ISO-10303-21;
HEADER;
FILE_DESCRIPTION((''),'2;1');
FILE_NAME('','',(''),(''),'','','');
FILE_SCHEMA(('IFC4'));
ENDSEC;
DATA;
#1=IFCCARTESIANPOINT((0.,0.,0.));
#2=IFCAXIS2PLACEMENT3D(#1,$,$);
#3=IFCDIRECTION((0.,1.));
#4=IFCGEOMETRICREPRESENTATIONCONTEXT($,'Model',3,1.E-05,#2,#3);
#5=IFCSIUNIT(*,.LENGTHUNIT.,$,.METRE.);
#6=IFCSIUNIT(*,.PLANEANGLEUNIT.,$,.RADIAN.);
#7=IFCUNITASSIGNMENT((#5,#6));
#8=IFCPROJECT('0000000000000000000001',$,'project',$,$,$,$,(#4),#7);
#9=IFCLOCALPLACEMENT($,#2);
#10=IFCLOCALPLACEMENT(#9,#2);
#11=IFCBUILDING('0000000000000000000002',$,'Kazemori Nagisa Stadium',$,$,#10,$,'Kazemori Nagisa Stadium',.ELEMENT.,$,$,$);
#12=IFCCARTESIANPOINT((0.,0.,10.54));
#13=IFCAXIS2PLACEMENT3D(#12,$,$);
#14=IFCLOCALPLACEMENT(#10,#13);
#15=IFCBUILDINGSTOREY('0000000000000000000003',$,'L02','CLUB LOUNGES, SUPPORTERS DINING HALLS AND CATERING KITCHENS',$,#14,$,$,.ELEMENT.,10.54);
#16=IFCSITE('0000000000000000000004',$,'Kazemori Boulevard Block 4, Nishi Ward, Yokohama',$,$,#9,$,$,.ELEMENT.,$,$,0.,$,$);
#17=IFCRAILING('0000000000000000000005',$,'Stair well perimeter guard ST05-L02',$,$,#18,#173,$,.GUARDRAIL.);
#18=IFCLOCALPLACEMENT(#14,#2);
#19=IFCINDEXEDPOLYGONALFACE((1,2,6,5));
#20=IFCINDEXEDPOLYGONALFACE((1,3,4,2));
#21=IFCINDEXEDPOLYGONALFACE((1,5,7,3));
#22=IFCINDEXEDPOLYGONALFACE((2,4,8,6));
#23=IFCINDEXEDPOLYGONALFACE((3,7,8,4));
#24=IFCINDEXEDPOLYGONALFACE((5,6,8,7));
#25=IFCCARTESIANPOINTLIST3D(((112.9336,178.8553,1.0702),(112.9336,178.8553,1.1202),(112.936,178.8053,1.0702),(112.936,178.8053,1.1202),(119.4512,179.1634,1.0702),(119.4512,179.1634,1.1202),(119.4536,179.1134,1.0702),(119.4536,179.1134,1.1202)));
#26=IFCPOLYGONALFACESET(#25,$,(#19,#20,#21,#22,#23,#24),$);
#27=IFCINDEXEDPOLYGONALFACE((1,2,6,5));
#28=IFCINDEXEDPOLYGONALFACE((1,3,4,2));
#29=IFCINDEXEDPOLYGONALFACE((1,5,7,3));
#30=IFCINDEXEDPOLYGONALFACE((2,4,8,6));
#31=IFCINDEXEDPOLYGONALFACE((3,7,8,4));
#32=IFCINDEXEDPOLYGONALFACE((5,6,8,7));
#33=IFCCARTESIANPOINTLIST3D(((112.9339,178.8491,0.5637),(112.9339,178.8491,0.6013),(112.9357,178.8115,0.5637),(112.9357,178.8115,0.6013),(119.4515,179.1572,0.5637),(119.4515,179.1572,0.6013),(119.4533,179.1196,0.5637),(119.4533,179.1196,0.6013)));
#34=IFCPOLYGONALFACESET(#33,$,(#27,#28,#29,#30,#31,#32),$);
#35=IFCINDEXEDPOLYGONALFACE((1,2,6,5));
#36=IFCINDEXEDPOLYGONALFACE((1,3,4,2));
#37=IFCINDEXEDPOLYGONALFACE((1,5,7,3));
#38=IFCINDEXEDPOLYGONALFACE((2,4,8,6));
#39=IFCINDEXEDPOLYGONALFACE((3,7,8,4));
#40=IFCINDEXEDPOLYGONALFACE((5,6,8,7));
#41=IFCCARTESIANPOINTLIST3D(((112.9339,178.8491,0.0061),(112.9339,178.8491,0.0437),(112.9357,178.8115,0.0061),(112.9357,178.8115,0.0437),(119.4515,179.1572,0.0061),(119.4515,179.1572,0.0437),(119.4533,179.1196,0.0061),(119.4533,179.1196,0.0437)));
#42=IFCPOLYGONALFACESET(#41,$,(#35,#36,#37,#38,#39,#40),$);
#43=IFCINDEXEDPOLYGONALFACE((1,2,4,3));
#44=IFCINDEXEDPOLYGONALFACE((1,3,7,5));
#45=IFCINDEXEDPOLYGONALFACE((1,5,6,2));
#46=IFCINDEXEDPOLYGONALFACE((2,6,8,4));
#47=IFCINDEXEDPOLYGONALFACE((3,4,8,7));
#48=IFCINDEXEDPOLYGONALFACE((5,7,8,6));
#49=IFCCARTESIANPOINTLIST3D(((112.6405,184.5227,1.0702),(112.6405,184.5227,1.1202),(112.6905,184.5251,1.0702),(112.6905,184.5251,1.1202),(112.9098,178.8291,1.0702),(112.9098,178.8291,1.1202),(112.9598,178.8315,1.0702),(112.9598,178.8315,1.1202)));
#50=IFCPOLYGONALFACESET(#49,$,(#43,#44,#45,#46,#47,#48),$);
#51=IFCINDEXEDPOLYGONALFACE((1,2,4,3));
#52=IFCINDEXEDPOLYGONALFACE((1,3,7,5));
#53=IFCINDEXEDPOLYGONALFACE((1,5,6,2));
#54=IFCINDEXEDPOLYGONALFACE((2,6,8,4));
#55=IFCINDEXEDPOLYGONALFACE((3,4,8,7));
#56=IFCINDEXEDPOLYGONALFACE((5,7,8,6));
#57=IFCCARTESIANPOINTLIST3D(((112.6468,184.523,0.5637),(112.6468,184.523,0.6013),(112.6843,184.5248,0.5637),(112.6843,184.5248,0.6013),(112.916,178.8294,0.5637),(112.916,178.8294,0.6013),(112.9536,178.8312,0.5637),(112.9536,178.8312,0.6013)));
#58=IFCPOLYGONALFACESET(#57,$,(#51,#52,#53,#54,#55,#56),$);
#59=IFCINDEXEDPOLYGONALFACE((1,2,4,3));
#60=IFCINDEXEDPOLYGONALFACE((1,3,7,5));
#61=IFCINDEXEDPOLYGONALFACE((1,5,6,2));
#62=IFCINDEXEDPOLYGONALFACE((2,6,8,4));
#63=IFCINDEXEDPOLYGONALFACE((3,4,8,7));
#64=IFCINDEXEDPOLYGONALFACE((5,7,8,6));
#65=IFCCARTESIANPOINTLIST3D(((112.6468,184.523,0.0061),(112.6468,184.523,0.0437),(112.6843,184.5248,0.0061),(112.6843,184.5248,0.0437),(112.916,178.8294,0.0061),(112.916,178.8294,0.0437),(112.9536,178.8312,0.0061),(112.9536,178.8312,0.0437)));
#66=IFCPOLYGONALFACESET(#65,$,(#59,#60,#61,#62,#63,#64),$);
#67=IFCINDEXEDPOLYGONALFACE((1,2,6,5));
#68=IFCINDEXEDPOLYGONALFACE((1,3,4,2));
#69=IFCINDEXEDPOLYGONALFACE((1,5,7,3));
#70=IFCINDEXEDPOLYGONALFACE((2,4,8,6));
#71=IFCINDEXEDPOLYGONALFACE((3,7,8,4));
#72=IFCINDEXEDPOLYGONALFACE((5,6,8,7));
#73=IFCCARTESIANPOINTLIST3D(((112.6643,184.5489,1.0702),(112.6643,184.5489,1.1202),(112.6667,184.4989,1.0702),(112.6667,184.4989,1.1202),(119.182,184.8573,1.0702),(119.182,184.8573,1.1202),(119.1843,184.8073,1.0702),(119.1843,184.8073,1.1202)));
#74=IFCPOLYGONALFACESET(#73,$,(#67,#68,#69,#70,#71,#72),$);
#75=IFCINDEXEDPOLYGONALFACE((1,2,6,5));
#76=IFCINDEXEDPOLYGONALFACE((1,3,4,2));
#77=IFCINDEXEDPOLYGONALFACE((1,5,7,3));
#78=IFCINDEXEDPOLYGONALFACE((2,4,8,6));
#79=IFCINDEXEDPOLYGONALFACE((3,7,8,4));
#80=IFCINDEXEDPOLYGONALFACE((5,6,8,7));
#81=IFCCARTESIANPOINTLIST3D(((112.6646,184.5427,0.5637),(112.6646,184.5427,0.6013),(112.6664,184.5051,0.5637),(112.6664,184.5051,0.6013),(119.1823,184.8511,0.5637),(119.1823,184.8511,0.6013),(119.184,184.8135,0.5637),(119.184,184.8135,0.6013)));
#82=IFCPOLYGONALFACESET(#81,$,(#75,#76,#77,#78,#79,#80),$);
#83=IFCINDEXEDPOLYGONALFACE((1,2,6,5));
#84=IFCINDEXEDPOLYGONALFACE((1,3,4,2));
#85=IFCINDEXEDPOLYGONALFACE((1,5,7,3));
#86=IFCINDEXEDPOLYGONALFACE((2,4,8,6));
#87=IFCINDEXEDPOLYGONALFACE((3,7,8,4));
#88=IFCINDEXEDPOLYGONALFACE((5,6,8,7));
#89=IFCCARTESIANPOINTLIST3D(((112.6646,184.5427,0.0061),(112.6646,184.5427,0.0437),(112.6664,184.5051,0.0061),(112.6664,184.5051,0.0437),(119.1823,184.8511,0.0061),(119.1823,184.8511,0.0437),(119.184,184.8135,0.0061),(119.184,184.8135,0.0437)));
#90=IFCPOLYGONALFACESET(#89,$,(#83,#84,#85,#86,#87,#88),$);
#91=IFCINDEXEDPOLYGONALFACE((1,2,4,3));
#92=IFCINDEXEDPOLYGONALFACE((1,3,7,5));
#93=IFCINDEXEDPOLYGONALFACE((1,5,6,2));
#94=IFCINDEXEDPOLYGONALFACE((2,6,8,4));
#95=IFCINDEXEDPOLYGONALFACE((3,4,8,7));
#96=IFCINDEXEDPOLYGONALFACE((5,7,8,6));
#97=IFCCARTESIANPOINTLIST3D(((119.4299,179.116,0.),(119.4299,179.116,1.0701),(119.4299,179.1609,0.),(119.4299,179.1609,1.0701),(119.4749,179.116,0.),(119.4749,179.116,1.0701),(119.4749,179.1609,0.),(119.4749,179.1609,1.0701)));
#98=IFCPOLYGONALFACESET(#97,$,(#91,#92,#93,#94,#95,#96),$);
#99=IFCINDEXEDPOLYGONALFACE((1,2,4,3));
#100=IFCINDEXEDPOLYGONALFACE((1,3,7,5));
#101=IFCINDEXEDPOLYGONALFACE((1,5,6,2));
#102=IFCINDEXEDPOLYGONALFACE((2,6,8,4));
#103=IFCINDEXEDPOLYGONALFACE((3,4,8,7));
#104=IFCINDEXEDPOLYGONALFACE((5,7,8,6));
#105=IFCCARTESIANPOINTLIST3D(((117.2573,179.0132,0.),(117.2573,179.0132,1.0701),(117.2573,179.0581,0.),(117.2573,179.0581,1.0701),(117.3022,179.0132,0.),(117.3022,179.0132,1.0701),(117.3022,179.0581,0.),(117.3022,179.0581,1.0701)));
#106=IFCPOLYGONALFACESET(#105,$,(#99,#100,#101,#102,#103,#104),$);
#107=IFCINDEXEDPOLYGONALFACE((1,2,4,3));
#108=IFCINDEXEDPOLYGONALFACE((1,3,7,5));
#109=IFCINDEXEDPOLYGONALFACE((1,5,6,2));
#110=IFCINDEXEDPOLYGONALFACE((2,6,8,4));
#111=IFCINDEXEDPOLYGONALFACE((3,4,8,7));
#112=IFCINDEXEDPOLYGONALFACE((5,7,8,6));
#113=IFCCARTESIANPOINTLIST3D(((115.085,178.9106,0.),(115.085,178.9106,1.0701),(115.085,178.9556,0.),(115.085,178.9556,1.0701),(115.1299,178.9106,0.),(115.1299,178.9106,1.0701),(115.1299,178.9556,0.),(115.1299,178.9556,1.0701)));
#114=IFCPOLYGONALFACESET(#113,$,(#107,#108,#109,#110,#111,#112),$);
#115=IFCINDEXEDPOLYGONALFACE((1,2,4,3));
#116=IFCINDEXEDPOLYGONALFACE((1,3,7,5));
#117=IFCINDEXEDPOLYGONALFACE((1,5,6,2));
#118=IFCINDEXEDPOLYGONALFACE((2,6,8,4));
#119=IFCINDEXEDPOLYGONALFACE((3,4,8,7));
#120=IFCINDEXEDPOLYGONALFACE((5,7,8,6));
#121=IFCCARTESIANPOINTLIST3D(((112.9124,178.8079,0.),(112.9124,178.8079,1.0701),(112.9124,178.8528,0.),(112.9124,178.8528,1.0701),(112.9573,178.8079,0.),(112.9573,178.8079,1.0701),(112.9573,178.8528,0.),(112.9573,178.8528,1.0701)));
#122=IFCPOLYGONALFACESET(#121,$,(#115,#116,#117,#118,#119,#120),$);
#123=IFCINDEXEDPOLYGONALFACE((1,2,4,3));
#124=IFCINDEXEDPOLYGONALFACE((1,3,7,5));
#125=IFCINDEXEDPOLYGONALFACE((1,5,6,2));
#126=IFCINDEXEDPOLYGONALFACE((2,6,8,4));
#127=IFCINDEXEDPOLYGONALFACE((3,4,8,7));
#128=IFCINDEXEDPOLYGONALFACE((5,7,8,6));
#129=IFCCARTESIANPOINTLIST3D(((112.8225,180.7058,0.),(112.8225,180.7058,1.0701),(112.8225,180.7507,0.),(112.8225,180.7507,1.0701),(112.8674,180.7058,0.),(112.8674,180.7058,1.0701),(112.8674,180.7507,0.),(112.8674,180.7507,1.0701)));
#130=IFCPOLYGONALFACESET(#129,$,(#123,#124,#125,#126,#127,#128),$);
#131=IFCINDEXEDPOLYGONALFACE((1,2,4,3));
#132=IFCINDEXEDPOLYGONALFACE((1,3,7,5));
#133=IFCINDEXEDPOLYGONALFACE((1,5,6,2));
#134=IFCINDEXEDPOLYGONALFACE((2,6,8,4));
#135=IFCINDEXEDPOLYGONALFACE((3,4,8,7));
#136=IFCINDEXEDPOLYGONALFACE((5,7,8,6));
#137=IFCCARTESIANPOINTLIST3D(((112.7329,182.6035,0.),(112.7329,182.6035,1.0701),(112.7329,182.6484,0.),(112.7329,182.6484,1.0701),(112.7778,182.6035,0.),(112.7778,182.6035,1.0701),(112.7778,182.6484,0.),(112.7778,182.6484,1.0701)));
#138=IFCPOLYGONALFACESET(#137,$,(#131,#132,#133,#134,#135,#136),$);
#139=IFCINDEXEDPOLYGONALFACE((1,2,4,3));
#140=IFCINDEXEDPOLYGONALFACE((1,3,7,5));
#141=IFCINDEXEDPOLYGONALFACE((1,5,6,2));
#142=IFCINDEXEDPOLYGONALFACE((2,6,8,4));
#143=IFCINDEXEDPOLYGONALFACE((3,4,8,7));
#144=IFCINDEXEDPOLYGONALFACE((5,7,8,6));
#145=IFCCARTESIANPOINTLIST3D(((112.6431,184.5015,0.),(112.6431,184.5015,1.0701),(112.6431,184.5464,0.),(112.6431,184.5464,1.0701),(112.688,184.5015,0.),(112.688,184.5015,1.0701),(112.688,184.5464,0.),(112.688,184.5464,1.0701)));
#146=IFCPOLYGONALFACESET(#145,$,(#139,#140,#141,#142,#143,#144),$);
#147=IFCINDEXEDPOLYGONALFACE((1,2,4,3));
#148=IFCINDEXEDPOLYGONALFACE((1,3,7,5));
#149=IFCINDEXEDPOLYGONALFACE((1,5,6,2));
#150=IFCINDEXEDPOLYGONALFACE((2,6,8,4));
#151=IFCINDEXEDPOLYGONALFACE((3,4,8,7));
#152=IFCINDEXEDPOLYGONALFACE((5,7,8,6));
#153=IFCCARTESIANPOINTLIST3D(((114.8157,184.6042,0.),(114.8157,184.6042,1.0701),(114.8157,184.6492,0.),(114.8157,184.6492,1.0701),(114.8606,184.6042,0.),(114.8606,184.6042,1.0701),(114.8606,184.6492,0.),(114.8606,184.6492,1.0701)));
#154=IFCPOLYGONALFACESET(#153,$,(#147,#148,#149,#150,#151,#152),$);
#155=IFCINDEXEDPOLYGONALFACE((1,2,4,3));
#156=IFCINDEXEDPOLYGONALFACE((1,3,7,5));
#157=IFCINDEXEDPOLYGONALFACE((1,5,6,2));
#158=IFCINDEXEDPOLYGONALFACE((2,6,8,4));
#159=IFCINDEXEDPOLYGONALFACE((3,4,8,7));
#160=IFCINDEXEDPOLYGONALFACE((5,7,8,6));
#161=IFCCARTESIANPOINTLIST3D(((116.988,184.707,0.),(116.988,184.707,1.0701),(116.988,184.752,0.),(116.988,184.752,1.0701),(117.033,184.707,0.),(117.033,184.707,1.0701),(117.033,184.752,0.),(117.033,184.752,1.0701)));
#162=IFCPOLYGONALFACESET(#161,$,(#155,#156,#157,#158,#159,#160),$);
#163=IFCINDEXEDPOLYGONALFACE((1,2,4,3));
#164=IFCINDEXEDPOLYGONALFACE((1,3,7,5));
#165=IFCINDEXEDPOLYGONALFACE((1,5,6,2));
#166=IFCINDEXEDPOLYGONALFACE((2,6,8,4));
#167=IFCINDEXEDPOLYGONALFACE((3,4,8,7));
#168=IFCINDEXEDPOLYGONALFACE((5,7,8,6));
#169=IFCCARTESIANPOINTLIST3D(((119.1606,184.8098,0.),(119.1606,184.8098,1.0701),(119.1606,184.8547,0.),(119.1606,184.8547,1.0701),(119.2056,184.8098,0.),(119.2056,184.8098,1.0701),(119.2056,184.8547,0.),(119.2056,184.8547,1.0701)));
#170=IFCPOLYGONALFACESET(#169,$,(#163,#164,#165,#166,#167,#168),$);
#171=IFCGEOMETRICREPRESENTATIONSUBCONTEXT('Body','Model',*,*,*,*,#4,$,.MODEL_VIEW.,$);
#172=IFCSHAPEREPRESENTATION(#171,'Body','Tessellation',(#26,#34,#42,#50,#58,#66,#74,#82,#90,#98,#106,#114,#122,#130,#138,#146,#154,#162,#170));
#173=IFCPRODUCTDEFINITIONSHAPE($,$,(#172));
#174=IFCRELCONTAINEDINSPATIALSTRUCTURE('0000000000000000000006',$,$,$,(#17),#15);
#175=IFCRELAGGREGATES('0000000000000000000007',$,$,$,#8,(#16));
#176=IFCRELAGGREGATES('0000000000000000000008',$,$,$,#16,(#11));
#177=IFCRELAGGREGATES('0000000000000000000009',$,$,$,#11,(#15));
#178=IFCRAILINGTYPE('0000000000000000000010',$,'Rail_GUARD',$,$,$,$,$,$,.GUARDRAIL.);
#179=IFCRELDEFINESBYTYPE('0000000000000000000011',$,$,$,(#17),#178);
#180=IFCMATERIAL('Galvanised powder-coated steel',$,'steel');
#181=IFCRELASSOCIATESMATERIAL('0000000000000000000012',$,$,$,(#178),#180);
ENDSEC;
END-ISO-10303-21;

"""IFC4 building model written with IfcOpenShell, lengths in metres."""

from ifc_helpers import new_model, si_unit, direction, frame, origin, origin_2d, place, context, subcontext, project, spatial, rectangle, extrude, material, type_object, element, save


model = new_model("IFC4")

# Units and contexts
model_context = context("Model", 3, precision=1e-05, world=origin(), true_north=direction((0.0, 1.0)))
body_context = subcontext(model_context, "Body", "Model", "MODEL_VIEW")
ifc_project = project(units=[si_unit("LENGTHUNIT", "METRE"), si_unit("PLANEANGLEUNIT", "RADIAN")], contexts=[model_context])

# Site, building, storey
site_placement = place(None, origin())
site = spatial("IfcSite", under=ifc_project, at=site_placement, Name="Kazemori Boulevard Block 4, Nishi Ward, Yokohama", CompositionType="ELEMENT", RefElevation=0.0)
building_placement = place(site_placement, origin())
building = spatial("IfcBuilding", under=site, at=building_placement, Name="Kazemori Nagisa Stadium", LongName="Kazemori Nagisa Stadium", CompositionType="ELEMENT")
storey_placement = place(building_placement, frame((0.0, 0.0, 10.54)))
storey = spatial("IfcBuildingStorey", under=building, at=storey_placement, Name="L02", Description="CLUB LOUNGES, SUPPORTERS DINING HALLS AND CATERING KITCHENS", CompositionType="ELEMENT", Elevation=10.54)

# Railing
ifc_material_1 = material(Name="Galvanised powder-coated steel", Category="steel")
railing_type_1 = type_object("IfcRailingType", Name="Rail_GUARD", PredefinedType="GUARDRAIL", material=ifc_material_1)
railing_1_placement = place(storey_placement, frame((119.4524, 179.1384, 0.0)))
element("IfcRailing", 1, at=railing_1_placement, inside=storey, type_object=railing_type_1, Name="Stair well perimeter guard ST05-L02", PredefinedType="GUARDRAIL", context=body_context, shape_type="SweptSolid", body=[
    extrude(rectangle(XDim=0.05, YDim=0.05, at=origin_2d()), frame((0.0, 0.0, 1.0952), z_axis=(-0.998885, -0.04722, 0.0), x_axis=(0.04722, -0.998885, 0.0)), (0.0, 0.0, 1.0), 6.5249),
    extrude(rectangle(XDim=0.0376, YDim=0.0376, at=origin_2d()), frame((0.0, 0.0, 0.5825), z_axis=(-0.998885, -0.04722, 0.0), x_axis=(0.04722, -0.998885, 0.0)), (0.0, 0.0, 1.0), 6.5249),
    extrude(rectangle(XDim=0.0376, YDim=0.0376, at=origin_2d()), frame((0.0, 0.0, 0.0249), z_axis=(-0.998885, -0.04722, 0.0), x_axis=(0.04722, -0.998885, 0.0)), (0.0, 0.0, 1.0), 6.5249),
    extrude(rectangle(XDim=0.05, YDim=0.05, at=origin_2d()), frame((-6.5176, -0.3081, 1.0952), z_axis=(-0.047244, 0.998883, 0.0), x_axis=(-0.998883, -0.047244, 0.0)), (0.0, 0.0, 1.0), 5.7),
    extrude(rectangle(XDim=0.0376, YDim=0.0376, at=origin_2d()), frame((-6.5176, -0.3081, 0.5825), z_axis=(-0.047244, 0.998883, 0.0), x_axis=(-0.998883, -0.047244, 0.0)), (0.0, 0.0, 1.0), 5.7),
    extrude(rectangle(XDim=0.0376, YDim=0.0376, at=origin_2d()), frame((-6.5176, -0.3081, 0.0249), z_axis=(-0.047244, 0.998883, 0.0), x_axis=(-0.998883, -0.047244, 0.0)), (0.0, 0.0, 1.0), 5.7),
    extrude(rectangle(XDim=0.05, YDim=0.05, at=origin_2d()), frame((-6.7869, 5.3855, 1.0952), z_axis=(0.998883, 0.047258, 0.0), x_axis=(-0.047258, 0.998883, 0.0)), (0.0, 0.0, 1.0), 6.5249),
    extrude(rectangle(XDim=0.0376, YDim=0.0376, at=origin_2d()), frame((-6.7869, 5.3855, 0.5825), z_axis=(0.998883, 0.047258, 0.0), x_axis=(-0.047258, 0.998883, 0.0)), (0.0, 0.0, 1.0), 6.5249),
    extrude(rectangle(XDim=0.0376, YDim=0.0376, at=origin_2d()), frame((-6.7869, 5.3855, 0.0249), z_axis=(0.998883, 0.047258, 0.0), x_axis=(-0.047258, 0.998883, 0.0)), (0.0, 0.0, 1.0), 6.5249),
    extrude(rectangle(XDim=0.0449, YDim=0.0449, at=origin_2d()), origin(), (0.0, 0.0, 1.0), 1.0701),
    extrude(rectangle(XDim=0.0449, YDim=0.0449, at=origin_2d()), frame((-2.1726, -0.1028, 0.0)), (0.0, 0.0, 1.0), 1.0701),
    extrude(rectangle(XDim=0.0449, YDim=0.0449, at=origin_2d()), frame((-4.345, -0.2053, 0.0)), (0.0, 0.0, 1.0), 1.0701),
    extrude(rectangle(XDim=0.0449, YDim=0.0449, at=origin_2d()), frame((-6.5176, -0.3081, 0.0)), (0.0, 0.0, 1.0), 1.0701),
    extrude(rectangle(XDim=0.0449, YDim=0.0449, at=origin_2d()), frame((-6.6074, 1.5898, 0.0)), (0.0, 0.0, 1.0), 1.0701),
    extrude(rectangle(XDim=0.0449, YDim=0.0449, at=origin_2d()), frame((-6.697, 3.4875, 0.0)), (0.0, 0.0, 1.0), 1.0701),
    extrude(rectangle(XDim=0.0449, YDim=0.0449, at=origin_2d()), frame((-6.7869, 5.3855, 0.0)), (0.0, 0.0, 1.0), 1.0701),
    extrude(rectangle(XDim=0.0449, YDim=0.0449, at=origin_2d()), frame((-4.6143, 5.4883, 0.0)), (0.0, 0.0, 1.0), 1.0701),
    extrude(rectangle(XDim=0.0449, YDim=0.0449, at=origin_2d()), frame((-2.4419, 5.5911, 0.0)), (0.0, 0.0, 1.0), 1.0701),
    extrude(rectangle(XDim=0.0449, YDim=0.0449, at=origin_2d()), frame((-0.2693, 5.6938, 0.0)), (0.0, 0.0, 1.0), 1.0701),
])

save(model, "model.ifc")
